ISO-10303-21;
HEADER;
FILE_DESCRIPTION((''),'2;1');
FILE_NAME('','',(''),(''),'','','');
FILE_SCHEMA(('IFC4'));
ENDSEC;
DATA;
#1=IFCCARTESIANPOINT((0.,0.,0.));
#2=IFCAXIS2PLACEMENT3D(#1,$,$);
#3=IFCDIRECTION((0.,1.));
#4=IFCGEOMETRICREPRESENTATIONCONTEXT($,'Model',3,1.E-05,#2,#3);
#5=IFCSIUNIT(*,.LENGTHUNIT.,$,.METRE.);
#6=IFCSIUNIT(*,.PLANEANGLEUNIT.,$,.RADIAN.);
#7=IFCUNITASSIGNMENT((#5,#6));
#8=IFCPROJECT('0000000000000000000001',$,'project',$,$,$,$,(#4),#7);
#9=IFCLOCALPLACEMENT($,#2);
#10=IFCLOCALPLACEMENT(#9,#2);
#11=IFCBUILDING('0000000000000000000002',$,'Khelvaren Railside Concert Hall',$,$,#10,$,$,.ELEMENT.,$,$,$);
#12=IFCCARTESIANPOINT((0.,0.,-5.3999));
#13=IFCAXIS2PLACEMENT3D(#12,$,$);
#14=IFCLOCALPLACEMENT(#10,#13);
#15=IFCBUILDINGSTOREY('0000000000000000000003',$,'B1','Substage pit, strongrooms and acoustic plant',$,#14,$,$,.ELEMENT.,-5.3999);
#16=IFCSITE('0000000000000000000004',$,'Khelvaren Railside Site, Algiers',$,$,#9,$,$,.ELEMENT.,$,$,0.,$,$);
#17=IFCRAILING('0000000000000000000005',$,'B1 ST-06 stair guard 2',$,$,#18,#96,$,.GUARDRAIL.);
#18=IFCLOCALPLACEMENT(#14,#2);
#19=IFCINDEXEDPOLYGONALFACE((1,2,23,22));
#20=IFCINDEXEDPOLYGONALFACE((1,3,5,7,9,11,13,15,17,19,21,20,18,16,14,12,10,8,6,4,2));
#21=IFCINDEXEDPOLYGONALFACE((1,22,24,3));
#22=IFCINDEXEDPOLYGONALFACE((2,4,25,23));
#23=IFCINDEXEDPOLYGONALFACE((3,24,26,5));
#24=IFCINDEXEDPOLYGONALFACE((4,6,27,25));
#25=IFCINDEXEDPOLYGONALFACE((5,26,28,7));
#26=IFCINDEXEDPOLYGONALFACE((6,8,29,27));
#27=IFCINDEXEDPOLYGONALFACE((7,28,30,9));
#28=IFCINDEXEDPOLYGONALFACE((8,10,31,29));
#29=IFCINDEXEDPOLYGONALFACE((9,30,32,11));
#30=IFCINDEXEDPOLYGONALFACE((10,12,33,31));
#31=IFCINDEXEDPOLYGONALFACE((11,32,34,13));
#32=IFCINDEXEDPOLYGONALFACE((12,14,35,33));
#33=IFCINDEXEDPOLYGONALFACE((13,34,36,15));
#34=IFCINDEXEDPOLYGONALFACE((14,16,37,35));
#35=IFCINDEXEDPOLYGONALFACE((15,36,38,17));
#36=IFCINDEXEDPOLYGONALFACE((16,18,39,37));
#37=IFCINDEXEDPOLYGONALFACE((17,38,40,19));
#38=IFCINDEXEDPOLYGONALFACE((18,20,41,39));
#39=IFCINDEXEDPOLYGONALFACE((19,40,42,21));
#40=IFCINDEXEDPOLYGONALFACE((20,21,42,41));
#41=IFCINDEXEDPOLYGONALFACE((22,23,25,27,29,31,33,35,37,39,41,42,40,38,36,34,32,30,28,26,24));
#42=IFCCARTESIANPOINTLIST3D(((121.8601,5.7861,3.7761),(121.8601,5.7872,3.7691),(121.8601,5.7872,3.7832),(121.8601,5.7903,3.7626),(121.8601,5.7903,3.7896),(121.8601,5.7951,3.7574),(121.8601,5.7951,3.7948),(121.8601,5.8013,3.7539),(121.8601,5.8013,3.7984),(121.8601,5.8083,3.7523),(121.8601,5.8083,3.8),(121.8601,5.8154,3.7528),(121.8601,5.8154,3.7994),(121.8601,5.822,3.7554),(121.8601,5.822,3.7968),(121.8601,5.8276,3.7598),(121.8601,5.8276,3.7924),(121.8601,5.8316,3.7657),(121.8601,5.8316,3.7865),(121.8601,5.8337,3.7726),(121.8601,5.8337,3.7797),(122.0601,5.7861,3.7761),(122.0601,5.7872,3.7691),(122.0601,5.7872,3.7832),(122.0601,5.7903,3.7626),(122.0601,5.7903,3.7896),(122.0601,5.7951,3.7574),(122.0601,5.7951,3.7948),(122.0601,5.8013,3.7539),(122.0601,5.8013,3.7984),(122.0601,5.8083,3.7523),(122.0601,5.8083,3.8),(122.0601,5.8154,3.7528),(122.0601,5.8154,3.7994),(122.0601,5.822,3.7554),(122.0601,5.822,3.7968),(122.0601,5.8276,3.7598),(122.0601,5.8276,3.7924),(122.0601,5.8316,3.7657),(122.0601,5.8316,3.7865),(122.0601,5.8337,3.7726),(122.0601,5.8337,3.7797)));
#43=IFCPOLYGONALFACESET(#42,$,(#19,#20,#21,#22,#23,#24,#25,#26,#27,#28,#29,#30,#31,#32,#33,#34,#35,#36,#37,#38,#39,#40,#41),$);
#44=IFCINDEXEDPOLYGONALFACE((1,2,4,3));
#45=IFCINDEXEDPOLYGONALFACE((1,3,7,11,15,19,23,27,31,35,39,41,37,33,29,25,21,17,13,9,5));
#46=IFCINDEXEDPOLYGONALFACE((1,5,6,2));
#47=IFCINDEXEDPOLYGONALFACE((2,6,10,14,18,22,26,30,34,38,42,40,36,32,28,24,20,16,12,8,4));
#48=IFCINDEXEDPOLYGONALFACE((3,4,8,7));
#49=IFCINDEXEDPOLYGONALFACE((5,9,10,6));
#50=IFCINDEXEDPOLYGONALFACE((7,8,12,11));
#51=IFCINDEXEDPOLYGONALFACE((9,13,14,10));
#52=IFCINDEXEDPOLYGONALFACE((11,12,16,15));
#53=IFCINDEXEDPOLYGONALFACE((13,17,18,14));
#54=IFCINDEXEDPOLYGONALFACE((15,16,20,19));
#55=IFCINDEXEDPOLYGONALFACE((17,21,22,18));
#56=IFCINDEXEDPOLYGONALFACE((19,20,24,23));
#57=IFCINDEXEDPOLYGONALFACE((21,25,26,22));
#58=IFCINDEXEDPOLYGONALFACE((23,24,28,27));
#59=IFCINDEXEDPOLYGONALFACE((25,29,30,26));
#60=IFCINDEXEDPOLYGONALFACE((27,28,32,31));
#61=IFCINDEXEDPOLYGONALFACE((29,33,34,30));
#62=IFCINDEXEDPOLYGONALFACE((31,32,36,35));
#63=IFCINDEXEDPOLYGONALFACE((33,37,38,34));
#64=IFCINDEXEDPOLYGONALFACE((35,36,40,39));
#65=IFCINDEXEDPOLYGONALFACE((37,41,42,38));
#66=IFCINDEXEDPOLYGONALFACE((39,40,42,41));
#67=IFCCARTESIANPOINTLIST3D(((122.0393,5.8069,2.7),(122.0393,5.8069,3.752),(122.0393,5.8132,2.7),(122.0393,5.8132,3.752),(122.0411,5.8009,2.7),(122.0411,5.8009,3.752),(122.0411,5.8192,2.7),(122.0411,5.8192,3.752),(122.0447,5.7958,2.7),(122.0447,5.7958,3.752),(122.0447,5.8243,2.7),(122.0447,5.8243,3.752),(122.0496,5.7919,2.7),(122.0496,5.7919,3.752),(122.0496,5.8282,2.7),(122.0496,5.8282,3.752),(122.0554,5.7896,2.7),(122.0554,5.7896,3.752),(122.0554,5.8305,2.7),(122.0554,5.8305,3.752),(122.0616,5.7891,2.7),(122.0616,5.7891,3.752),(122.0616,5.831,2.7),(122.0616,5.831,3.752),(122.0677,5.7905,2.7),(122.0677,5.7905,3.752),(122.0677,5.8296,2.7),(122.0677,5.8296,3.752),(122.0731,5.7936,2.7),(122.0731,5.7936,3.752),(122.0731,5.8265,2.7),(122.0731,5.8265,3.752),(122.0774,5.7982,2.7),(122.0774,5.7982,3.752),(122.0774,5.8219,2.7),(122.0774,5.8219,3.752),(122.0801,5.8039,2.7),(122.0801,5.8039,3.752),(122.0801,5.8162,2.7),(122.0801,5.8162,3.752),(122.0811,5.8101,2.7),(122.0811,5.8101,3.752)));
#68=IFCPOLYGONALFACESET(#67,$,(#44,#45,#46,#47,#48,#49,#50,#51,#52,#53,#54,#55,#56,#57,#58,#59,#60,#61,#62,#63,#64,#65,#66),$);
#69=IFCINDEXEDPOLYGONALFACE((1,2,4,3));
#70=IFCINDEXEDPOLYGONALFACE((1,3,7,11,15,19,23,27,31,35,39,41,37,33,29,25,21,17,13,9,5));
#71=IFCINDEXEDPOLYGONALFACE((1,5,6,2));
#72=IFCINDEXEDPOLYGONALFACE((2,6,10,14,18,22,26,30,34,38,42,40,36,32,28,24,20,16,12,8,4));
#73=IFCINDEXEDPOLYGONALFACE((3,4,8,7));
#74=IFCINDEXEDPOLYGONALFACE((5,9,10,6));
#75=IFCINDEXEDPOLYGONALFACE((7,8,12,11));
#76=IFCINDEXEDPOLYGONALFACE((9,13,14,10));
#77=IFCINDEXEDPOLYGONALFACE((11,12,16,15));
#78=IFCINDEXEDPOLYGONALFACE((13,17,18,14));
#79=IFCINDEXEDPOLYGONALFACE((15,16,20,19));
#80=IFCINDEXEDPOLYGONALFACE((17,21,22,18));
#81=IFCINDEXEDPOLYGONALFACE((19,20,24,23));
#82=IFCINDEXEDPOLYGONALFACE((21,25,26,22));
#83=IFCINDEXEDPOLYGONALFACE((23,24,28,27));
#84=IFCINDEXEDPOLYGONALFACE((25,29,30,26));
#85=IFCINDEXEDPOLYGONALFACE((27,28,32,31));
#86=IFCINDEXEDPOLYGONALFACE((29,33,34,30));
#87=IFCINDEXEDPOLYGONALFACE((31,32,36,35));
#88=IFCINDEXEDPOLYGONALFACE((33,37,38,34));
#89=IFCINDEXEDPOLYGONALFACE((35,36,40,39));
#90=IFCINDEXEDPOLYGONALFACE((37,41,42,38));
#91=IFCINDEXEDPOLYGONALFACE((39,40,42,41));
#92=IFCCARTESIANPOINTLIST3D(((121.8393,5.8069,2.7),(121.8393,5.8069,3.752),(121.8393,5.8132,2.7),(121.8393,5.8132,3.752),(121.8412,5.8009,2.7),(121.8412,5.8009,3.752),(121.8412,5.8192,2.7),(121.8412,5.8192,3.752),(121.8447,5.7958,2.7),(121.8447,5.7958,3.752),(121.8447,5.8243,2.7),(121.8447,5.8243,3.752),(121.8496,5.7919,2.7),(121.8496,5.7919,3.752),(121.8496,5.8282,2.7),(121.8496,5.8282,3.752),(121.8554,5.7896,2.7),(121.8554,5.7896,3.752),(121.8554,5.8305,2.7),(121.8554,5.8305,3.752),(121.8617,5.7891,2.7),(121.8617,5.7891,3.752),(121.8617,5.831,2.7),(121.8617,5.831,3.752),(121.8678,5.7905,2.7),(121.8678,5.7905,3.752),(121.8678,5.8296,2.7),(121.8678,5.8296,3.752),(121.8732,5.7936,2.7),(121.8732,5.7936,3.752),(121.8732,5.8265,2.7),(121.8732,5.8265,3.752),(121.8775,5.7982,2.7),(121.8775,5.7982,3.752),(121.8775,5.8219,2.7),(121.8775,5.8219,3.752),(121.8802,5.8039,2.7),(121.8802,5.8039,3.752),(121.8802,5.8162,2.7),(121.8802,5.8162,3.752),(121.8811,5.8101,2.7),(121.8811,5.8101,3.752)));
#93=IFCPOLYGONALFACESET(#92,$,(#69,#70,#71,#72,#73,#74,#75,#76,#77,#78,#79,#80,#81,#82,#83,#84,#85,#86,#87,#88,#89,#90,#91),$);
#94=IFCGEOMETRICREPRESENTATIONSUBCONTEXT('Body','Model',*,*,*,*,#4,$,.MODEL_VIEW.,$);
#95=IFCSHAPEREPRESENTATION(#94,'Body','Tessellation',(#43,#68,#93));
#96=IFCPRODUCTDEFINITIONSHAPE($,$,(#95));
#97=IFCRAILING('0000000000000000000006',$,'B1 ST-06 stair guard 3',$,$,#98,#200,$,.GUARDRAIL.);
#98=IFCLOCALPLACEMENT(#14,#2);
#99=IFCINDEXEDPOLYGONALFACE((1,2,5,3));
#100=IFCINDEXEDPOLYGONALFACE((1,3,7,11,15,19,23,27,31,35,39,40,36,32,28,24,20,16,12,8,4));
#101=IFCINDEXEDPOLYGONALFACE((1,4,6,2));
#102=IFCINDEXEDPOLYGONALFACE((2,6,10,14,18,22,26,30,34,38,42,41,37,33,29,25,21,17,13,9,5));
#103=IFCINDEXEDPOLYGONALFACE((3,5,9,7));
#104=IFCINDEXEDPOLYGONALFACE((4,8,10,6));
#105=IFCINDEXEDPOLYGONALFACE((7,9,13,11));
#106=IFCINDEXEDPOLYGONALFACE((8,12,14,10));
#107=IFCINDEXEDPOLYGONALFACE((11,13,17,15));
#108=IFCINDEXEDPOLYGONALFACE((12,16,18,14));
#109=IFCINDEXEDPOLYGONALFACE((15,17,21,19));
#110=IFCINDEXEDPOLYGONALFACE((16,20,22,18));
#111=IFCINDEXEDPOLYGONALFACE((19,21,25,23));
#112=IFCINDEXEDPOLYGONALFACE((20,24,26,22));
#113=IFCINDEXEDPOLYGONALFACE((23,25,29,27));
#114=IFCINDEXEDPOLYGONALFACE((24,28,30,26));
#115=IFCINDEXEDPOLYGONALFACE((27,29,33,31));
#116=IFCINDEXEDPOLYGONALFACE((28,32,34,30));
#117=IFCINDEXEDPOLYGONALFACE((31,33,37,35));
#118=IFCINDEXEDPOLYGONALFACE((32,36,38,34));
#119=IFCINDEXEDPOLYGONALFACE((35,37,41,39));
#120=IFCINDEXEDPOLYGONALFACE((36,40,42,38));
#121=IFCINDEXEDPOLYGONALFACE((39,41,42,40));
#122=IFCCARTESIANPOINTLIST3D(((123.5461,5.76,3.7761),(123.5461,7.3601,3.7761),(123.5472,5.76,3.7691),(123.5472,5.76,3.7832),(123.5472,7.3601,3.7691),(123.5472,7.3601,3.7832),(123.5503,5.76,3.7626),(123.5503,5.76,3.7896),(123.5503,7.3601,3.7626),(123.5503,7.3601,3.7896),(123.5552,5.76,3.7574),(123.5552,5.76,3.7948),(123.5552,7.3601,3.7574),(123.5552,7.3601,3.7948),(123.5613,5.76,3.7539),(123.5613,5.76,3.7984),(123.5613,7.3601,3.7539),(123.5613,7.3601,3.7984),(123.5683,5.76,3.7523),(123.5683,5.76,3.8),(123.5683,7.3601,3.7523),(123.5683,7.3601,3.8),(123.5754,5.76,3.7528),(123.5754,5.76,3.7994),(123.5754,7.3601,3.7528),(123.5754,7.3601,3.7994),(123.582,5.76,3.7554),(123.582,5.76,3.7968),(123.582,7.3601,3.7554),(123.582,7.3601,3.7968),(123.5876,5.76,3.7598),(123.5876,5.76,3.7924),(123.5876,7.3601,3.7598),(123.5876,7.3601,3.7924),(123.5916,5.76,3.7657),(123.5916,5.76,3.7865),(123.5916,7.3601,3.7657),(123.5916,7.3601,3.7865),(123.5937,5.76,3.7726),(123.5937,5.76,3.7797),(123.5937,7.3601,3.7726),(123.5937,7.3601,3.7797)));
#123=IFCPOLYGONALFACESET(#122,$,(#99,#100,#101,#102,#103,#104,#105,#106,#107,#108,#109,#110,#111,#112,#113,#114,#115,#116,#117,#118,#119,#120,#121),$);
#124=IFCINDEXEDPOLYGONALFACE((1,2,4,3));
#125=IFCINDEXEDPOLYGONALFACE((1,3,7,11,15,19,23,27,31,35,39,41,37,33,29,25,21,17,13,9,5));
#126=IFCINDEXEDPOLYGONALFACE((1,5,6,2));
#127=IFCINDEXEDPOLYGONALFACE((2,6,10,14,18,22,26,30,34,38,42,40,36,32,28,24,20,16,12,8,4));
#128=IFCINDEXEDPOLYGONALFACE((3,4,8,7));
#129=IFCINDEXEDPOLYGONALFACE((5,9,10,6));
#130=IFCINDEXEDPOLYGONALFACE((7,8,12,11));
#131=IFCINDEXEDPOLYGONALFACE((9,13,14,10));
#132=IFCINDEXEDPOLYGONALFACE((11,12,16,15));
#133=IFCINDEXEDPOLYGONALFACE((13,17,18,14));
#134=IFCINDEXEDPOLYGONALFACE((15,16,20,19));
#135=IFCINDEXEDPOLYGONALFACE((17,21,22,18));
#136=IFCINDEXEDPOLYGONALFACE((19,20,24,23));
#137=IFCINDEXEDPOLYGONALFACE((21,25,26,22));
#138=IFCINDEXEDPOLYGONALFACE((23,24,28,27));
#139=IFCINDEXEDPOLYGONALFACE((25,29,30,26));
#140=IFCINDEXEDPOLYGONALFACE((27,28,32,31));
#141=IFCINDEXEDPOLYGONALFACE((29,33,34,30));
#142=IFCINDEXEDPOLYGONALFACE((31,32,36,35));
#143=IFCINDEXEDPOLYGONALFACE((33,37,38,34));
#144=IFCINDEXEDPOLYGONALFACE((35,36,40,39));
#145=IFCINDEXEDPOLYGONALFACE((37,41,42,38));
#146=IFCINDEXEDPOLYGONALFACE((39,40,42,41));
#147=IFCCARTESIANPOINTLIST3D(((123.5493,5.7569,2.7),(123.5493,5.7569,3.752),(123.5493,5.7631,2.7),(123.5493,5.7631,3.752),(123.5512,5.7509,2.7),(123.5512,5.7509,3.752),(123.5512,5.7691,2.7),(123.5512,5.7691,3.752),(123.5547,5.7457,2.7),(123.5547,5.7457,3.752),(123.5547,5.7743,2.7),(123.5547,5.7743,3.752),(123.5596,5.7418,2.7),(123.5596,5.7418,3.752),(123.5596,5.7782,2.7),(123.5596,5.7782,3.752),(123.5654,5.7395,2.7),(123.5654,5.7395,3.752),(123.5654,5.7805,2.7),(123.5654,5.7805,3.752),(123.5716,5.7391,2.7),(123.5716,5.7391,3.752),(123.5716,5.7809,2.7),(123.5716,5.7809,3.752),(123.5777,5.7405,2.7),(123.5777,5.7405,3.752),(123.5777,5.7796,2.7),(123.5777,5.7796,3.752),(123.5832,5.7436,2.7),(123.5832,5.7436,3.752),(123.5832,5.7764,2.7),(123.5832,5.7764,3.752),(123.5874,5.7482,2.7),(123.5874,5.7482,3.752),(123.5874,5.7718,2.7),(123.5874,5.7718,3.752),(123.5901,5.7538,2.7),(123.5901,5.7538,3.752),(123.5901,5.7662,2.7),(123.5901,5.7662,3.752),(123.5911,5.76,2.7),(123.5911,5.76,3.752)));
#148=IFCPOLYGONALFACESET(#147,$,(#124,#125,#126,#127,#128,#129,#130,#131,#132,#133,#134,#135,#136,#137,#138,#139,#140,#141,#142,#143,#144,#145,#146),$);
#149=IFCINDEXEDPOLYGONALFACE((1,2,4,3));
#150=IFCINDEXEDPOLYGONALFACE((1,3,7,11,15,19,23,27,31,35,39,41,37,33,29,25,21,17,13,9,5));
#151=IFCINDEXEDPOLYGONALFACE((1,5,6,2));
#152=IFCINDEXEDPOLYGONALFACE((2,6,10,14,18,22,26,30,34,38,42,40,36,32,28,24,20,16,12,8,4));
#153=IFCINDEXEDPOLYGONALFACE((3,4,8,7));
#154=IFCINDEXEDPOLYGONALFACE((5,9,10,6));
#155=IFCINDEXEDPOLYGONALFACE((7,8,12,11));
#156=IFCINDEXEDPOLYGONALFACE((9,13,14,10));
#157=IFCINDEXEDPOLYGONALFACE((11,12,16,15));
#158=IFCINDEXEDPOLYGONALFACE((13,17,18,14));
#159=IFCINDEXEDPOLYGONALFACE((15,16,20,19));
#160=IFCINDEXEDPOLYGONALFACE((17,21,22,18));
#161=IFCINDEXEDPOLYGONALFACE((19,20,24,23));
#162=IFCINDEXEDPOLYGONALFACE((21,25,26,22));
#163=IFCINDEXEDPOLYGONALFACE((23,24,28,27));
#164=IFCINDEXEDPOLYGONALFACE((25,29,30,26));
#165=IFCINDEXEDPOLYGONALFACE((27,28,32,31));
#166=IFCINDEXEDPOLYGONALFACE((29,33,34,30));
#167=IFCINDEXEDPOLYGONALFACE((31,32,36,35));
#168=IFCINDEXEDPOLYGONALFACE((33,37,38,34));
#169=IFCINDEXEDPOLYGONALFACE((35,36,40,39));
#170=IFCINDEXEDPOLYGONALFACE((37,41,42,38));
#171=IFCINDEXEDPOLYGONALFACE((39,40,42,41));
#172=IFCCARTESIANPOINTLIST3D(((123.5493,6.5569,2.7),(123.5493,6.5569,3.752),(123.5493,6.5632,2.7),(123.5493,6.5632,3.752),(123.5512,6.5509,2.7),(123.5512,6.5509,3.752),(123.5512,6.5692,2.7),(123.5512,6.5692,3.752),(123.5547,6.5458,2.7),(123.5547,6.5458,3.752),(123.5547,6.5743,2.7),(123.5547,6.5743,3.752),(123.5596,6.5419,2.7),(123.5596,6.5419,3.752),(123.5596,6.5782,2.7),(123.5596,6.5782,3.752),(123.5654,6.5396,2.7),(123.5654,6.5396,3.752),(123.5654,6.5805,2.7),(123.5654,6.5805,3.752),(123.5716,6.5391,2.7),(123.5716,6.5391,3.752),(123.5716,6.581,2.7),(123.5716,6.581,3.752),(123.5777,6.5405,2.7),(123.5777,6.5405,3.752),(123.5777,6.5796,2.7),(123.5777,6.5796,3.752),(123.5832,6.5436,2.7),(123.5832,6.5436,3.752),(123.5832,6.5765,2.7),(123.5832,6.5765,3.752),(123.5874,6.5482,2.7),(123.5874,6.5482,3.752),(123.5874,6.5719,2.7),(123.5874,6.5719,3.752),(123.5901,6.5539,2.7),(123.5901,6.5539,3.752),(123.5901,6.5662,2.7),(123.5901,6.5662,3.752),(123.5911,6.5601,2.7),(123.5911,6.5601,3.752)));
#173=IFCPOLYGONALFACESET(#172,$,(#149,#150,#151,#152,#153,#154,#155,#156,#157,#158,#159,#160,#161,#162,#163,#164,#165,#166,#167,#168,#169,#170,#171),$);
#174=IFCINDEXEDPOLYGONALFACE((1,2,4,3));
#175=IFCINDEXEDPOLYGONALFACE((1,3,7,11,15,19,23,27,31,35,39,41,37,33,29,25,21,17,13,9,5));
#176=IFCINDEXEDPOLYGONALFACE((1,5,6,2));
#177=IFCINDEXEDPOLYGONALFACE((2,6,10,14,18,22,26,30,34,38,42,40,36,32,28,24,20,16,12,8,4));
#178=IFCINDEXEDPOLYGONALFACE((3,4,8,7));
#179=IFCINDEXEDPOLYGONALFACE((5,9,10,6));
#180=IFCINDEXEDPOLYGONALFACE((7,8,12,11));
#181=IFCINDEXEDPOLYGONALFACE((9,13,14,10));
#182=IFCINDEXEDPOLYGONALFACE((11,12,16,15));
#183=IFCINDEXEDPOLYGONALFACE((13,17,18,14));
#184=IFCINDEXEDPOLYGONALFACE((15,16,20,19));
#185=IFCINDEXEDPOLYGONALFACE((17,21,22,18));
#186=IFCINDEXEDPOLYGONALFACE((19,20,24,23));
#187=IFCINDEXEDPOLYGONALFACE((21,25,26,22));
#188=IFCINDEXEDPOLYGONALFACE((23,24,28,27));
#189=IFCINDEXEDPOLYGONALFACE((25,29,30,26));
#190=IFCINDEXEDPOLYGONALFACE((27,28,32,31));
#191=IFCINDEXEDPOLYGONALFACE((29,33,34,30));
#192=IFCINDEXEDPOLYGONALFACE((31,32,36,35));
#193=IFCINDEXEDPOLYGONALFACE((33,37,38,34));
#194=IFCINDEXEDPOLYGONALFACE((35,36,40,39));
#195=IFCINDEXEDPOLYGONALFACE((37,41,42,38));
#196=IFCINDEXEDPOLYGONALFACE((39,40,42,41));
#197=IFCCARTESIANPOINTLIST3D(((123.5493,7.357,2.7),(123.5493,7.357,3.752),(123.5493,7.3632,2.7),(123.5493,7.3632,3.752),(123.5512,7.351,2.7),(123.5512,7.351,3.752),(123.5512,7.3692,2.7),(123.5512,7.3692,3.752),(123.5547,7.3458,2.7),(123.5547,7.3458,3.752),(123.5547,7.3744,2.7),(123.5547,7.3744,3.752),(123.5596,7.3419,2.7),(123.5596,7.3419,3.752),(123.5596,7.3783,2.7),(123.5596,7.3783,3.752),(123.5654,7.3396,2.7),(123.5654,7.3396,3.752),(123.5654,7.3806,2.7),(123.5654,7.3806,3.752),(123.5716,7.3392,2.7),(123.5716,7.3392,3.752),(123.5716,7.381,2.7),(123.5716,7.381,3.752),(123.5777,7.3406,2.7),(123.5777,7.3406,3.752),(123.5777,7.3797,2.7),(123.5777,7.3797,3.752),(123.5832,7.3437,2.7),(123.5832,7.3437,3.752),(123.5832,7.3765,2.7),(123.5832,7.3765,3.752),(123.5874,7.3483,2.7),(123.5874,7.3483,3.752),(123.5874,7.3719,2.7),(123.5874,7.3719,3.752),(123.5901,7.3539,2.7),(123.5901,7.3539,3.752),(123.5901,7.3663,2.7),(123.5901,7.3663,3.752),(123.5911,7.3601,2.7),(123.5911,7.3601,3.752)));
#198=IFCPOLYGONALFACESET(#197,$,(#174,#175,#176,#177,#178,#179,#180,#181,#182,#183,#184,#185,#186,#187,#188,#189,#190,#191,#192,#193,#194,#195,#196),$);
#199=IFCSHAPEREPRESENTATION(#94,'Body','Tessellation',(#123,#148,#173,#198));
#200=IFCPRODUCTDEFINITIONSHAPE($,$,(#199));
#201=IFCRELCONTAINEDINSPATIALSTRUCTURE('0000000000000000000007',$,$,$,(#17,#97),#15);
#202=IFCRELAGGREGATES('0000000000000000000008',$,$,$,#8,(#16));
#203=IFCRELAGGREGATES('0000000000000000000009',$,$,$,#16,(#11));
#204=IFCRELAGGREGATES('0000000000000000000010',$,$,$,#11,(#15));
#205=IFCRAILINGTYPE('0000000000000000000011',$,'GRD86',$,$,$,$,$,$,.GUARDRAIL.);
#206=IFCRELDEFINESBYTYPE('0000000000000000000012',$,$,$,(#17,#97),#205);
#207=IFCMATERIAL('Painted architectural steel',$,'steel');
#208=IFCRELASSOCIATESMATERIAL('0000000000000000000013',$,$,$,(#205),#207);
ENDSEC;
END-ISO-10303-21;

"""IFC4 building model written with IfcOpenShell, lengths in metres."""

from ifc_helpers import new_model, si_unit, direction, frame, origin, origin_2d, place, context, subcontext, project, spatial, circle, extrude, material, type_object, element, save


model = new_model("IFC4")

# Units and contexts
model_context = context("Model", 3, precision=1e-05, world=origin(), true_north=direction((0.0, 1.0)))
body_context = subcontext(model_context, "Body", "Model", "MODEL_VIEW")
ifc_project = project(units=[si_unit("LENGTHUNIT", "METRE"), si_unit("PLANEANGLEUNIT", "RADIAN")], contexts=[model_context])

# Site, building, storey
site_placement = place(None, origin())
site = spatial("IfcSite", under=ifc_project, at=site_placement, Name="Khelvaren Railside Site, Algiers", CompositionType="ELEMENT", RefElevation=0.0)
building_placement = place(site_placement, origin())
building = spatial("IfcBuilding", under=site, at=building_placement, Name="Khelvaren Railside Concert Hall", CompositionType="ELEMENT")
storey_placement = place(building_placement, frame((0.0, 0.0, -5.3999)))
storey = spatial("IfcBuildingStorey", under=building, at=storey_placement, Name="B1", Description="Substage pit, strongrooms and acoustic plant", CompositionType="ELEMENT", Elevation=-5.3999)

# Railings
ifc_material_1 = material(Name="Painted architectural steel", Category="steel")
railing_type_1 = type_object("IfcRailingType", Name="GRD86", PredefinedType="GUARDRAIL", material=ifc_material_1)
railing_1_placement = place(storey_placement, frame((122.0601, 5.8101, 2.7)))
element("IfcRailing", 1, at=railing_1_placement, inside=storey, type_object=railing_type_1, Name="B1 ST-06 stair guard 2", PredefinedType="GUARDRAIL", context=body_context, shape_type="SweptSolid", body=[
    extrude(circle(Radius=0.0239, at=origin_2d()), frame((0.0, 0.0, 1.0762), z_axis=(-1.0, 0.0, 0.0), x_axis=(0.0, -1.0, 0.0)), (0.0, 0.0, 1.0), 0.2),
    extrude(circle(Radius=0.021, at=origin_2d()), origin(), (0.0, 0.0, 1.0), 1.052),
    extrude(circle(Radius=0.021, at=origin_2d()), frame((-0.2, 0.0, 0.0)), (0.0, 0.0, 1.0), 1.052),
])
for number, where, name in (
    (2, (123.5701, 5.76, 2.7), "B1 ST-06 stair guard 3"),
):
    element("IfcRailing", number, at=place(storey_placement, frame(where)), inside=storey, type_object=railing_type_1, Name=name, PredefinedType="GUARDRAIL", context=body_context, shape_type="SweptSolid", body=[
        extrude(circle(Radius=0.0239, at=origin_2d()), frame((0.0, 0.0, 1.0762), z_axis=(0.0, 1.0, 0.0), x_axis=(-1.0, 0.0, 0.0)), (0.0, 0.0, 1.0), 1.6001),
        extrude(circle(Radius=0.021, at=origin_2d()), origin(), (0.0, 0.0, 1.0), 1.052),
        extrude(circle(Radius=0.021, at=origin_2d()), frame((0.0, 0.8, 0.0)), (0.0, 0.0, 1.0), 1.052),
        extrude(circle(Radius=0.021, at=origin_2d()), frame((0.0, 1.6001, 0.0)), (0.0, 0.0, 1.0), 1.052),
    ])

save(model, "model.ifc")
